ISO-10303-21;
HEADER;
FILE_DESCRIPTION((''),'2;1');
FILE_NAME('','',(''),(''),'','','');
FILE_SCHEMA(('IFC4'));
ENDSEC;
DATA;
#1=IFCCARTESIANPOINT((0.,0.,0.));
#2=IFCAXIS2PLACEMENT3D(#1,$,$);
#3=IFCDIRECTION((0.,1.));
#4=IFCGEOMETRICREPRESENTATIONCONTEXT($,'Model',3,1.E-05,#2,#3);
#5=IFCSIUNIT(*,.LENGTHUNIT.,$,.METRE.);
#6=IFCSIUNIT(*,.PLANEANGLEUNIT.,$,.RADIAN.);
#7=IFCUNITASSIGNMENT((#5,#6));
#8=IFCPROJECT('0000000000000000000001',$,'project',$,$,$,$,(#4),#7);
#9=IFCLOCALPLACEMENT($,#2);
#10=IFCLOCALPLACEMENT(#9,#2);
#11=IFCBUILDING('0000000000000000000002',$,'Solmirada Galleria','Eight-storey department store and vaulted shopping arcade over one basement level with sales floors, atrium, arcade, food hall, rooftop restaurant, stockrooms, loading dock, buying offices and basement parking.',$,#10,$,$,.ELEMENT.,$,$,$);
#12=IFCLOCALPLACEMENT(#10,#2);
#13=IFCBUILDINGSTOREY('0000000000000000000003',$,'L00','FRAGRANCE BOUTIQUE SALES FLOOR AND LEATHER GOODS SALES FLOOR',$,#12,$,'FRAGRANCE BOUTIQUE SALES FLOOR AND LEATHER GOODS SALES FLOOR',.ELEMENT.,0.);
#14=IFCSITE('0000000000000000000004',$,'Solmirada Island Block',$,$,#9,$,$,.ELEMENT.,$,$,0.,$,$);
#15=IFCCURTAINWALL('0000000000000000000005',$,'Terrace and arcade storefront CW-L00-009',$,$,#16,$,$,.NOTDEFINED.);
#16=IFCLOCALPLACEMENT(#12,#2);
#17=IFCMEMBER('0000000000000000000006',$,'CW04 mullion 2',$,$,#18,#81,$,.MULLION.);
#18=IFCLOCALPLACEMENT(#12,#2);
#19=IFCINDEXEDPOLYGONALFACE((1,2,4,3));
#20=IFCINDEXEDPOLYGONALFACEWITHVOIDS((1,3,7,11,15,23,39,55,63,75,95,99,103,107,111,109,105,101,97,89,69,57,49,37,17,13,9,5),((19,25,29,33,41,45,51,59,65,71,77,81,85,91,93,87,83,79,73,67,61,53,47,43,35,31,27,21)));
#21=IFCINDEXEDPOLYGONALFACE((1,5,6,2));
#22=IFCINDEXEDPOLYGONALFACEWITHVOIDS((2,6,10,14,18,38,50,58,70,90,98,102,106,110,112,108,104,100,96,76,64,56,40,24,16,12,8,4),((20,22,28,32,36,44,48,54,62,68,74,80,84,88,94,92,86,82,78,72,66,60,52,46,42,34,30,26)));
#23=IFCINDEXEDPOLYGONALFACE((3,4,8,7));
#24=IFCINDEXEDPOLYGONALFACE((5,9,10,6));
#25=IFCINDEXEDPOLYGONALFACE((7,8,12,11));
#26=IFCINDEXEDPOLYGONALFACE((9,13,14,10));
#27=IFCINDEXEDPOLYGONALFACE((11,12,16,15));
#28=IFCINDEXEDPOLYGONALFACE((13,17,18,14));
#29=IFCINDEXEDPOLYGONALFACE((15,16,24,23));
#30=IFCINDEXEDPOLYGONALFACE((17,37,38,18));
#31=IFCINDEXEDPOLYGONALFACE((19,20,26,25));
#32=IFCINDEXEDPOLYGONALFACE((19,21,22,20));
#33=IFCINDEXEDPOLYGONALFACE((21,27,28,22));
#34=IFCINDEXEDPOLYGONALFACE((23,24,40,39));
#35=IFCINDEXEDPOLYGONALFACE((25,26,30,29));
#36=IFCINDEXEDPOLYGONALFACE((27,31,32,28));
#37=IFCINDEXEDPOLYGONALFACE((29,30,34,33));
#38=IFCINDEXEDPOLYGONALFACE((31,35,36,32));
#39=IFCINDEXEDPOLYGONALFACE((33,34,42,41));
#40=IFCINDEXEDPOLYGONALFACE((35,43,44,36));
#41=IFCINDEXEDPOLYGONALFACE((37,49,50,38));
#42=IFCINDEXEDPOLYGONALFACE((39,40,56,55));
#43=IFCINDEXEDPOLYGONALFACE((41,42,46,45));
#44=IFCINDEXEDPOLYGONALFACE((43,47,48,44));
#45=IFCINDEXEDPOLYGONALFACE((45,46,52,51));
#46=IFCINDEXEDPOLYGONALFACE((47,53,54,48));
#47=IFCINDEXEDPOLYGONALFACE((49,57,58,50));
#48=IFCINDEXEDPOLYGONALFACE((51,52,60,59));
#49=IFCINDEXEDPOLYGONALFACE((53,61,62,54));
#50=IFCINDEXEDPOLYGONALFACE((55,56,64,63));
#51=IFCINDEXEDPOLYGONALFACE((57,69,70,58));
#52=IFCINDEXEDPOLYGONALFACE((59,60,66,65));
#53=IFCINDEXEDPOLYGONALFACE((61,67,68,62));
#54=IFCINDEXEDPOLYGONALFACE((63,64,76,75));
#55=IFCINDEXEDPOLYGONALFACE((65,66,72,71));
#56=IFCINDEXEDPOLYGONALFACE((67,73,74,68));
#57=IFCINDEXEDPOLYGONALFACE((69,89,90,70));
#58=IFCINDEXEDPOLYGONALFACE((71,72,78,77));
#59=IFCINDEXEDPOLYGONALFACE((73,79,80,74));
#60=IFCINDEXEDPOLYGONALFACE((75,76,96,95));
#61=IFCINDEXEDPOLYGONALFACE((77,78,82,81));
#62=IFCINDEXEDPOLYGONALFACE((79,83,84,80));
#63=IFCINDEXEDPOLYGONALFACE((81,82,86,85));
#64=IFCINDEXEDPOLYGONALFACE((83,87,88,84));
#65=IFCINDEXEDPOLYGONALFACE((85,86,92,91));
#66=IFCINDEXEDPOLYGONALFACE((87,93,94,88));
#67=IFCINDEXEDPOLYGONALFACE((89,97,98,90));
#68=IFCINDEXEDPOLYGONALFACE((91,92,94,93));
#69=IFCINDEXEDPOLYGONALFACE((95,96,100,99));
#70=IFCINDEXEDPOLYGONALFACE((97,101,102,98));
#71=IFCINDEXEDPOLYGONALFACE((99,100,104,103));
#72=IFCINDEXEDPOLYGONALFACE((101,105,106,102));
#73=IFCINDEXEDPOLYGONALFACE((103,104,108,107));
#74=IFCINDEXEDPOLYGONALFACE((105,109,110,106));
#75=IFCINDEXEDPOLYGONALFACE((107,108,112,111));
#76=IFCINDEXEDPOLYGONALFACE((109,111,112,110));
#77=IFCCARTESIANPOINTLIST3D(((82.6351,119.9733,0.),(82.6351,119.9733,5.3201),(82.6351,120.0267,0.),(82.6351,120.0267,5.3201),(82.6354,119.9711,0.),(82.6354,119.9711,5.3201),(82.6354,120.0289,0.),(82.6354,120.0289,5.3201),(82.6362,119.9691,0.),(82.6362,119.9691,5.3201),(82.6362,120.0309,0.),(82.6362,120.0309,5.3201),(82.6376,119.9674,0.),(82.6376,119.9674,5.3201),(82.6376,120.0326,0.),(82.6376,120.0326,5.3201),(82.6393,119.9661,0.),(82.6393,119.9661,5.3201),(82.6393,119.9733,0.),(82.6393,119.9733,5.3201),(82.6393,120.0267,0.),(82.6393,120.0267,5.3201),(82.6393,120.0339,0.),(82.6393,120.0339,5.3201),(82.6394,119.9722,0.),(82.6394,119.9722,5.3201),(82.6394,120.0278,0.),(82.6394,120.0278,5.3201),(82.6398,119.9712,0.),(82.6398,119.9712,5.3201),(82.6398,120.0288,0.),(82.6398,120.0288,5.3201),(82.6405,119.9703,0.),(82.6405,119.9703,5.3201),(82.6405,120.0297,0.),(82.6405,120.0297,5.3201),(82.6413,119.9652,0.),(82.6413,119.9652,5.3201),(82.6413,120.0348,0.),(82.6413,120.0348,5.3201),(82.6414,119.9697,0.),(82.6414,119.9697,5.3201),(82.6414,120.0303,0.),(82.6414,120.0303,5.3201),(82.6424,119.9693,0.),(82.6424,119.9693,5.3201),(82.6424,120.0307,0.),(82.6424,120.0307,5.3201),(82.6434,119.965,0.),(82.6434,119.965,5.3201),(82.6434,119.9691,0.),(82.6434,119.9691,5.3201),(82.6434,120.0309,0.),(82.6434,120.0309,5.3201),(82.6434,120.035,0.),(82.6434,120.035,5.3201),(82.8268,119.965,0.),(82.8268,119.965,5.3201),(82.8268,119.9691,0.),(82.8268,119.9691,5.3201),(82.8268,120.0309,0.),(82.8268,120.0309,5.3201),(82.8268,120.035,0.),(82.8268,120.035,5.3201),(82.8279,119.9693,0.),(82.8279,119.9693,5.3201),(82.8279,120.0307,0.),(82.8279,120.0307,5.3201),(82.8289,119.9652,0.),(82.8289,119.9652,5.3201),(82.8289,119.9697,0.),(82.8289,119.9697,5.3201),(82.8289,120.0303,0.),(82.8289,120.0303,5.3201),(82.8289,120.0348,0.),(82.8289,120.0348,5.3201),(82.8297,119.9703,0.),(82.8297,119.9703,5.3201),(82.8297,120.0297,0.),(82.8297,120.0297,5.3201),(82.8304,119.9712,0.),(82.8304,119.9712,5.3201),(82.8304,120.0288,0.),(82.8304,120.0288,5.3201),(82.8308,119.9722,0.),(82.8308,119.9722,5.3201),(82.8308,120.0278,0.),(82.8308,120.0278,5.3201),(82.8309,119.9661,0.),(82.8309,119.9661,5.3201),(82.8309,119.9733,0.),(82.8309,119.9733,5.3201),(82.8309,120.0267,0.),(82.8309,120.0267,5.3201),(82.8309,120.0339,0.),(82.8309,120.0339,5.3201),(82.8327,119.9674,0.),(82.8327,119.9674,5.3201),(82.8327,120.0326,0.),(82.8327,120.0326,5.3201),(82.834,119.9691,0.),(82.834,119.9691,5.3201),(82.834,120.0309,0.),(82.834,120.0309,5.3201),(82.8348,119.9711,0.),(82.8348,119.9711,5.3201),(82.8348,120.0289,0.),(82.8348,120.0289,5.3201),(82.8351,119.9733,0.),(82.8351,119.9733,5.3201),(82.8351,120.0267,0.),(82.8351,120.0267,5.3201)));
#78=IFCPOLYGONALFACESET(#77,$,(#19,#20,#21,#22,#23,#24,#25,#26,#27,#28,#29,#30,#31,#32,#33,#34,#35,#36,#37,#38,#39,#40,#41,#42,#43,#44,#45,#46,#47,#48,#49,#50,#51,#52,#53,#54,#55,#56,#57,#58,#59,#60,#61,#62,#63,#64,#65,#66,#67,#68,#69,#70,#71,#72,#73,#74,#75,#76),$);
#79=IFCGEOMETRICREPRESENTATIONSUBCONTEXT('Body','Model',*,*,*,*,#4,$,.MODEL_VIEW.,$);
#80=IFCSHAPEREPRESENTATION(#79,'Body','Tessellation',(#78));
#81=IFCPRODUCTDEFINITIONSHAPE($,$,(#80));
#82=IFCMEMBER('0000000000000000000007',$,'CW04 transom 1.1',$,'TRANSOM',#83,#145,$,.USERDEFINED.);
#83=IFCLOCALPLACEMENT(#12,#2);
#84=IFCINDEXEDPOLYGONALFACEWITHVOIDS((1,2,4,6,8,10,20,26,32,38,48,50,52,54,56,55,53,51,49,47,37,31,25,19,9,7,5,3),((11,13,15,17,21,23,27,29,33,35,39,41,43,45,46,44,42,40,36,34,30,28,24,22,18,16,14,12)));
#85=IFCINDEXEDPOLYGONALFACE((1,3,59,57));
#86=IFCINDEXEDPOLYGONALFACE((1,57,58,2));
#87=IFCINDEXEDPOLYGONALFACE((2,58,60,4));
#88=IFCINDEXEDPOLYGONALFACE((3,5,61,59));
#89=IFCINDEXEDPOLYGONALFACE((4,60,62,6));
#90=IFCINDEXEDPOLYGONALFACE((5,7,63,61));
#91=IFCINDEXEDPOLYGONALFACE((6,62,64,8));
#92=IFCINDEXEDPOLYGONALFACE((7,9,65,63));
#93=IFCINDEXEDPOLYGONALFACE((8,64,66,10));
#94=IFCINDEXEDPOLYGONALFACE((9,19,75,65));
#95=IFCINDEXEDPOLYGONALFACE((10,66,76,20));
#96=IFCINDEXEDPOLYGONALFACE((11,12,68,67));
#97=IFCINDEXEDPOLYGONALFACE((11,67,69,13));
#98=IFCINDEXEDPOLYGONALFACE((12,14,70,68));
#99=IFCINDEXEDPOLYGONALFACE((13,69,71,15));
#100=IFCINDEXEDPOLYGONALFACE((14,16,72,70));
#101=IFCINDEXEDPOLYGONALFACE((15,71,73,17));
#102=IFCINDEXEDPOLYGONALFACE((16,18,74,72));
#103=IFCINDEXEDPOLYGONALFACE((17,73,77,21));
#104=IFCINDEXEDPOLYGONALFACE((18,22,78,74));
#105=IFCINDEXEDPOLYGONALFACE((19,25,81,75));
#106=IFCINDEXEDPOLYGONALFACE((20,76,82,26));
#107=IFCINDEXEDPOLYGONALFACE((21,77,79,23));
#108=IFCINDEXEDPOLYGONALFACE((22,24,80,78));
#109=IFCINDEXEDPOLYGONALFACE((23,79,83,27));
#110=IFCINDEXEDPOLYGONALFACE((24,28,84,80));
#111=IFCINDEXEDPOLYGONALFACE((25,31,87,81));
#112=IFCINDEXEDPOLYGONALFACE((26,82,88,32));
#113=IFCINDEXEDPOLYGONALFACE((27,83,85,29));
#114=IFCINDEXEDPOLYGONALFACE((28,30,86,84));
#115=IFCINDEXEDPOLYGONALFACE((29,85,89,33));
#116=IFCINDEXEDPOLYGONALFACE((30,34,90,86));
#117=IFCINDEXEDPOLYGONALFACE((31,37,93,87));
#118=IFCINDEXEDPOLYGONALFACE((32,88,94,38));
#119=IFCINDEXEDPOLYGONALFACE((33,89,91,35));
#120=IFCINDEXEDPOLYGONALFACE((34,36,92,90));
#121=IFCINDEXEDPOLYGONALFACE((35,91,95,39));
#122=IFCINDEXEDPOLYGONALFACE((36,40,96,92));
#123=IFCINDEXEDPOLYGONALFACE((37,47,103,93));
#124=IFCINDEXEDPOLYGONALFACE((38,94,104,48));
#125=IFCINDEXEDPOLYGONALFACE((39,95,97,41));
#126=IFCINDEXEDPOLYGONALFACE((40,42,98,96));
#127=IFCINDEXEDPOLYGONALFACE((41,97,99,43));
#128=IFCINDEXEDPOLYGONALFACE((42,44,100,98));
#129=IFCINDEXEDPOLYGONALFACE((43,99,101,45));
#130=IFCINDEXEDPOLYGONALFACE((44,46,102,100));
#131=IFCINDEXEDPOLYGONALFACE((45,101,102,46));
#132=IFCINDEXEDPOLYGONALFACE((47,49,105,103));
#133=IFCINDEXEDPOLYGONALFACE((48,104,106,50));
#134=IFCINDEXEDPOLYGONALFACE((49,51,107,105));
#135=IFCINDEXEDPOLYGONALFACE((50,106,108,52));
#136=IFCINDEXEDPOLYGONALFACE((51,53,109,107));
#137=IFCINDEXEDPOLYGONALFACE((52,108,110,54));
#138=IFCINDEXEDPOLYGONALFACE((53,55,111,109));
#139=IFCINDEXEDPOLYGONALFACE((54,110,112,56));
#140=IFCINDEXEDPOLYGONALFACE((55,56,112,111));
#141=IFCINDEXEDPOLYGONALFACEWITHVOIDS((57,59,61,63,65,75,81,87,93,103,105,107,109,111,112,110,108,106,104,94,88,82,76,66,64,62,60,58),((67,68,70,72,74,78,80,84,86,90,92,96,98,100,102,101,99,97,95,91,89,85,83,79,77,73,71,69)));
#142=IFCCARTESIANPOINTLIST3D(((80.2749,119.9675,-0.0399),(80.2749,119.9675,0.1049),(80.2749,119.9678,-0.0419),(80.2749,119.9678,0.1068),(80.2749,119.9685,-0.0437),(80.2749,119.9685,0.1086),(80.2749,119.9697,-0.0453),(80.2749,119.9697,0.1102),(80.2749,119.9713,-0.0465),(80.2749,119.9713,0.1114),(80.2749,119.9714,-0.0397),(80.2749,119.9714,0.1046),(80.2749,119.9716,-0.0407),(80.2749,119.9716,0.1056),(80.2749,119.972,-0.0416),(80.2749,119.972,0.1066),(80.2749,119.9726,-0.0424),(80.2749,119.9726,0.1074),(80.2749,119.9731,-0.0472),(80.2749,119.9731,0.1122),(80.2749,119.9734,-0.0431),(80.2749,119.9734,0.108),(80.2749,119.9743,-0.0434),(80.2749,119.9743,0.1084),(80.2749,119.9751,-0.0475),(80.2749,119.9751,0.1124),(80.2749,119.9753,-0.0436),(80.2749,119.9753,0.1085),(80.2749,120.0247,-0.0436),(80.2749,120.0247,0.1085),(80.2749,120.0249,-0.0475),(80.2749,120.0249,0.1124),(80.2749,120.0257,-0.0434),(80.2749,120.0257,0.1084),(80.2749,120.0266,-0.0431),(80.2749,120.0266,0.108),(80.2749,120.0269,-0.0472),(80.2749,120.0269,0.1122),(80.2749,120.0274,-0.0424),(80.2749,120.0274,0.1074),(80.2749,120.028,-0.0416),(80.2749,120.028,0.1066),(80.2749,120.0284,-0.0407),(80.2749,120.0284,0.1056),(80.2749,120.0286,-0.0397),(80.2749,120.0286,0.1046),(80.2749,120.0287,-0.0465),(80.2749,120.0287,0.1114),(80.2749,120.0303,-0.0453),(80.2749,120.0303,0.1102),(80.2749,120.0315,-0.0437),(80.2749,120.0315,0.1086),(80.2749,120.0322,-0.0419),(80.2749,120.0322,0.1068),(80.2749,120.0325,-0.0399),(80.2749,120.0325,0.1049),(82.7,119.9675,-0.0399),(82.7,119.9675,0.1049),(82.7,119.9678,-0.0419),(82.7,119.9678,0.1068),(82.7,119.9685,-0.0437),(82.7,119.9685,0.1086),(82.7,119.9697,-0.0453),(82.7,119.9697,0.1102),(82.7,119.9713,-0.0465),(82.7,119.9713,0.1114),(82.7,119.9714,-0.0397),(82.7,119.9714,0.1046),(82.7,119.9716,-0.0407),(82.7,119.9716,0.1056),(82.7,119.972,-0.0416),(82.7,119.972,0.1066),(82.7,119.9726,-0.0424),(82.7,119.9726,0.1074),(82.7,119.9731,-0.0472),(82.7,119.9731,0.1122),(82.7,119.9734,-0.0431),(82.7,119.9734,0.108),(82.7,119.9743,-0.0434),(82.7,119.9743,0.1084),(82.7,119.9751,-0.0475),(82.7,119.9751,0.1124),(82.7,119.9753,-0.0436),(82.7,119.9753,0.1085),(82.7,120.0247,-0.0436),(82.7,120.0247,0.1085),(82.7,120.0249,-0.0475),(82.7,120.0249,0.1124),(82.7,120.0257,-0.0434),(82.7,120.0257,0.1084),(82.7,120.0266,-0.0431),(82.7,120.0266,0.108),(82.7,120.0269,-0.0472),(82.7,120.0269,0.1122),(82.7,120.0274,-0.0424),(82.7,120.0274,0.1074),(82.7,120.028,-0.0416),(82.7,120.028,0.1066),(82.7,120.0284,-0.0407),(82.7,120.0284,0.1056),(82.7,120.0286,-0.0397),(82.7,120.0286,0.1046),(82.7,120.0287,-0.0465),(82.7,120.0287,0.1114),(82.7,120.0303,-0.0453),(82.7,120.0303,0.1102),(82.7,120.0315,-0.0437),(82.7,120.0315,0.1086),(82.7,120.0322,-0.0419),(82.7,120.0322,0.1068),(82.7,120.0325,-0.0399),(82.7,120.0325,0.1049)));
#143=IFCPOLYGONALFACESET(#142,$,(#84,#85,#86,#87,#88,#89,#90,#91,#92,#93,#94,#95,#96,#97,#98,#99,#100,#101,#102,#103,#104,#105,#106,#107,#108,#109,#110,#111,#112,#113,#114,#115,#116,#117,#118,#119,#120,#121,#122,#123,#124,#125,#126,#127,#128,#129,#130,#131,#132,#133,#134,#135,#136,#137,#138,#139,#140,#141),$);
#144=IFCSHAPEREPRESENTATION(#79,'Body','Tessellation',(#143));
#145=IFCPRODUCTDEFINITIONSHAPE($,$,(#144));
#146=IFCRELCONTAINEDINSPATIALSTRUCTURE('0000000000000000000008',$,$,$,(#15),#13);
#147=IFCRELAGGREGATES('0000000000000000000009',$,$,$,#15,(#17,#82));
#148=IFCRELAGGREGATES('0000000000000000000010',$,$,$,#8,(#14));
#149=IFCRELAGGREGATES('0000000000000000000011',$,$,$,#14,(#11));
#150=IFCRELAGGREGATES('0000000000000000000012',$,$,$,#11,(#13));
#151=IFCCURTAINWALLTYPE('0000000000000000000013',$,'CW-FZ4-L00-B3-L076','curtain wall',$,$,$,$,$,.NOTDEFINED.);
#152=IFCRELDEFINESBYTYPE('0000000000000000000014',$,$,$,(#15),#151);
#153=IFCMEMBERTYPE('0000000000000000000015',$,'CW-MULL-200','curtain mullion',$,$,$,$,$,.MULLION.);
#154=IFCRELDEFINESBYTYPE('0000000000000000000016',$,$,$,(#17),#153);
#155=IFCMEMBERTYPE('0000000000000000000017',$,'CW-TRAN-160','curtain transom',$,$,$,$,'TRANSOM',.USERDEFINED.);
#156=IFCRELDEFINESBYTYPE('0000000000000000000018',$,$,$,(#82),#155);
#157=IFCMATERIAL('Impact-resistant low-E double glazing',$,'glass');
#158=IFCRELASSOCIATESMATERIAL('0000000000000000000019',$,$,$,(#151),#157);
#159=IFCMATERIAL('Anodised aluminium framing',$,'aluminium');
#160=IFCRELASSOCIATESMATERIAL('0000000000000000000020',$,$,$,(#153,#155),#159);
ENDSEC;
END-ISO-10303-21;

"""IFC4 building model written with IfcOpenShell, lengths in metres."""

from ifc_helpers import new_model, si_unit, direction, frame, origin, origin_2d, place, context, subcontext, project, spatial, hollow_rectangle, extrude, material, material_profile, profile_set, type_object, element, aggregate, save


model = new_model("IFC4")

# Units and contexts
model_context = context("Model", 3, precision=1e-05, world=origin(), true_north=direction((0.0, 1.0)))
body_context = subcontext(model_context, "Body", "Model", "MODEL_VIEW")
ifc_project = project(units=[si_unit("LENGTHUNIT", "METRE"), si_unit("PLANEANGLEUNIT", "RADIAN")], contexts=[model_context])

# Site, building, storey
site_placement = place(None, origin())
site = spatial("IfcSite", under=ifc_project, at=site_placement, Name="Solmirada Island Block", CompositionType="ELEMENT", RefElevation=0.0)
building_placement = place(site_placement, origin())
building = spatial("IfcBuilding", under=site, at=building_placement, Name="Solmirada Galleria", Description="Eight-storey department store and vaulted shopping arcade over one basement level with sales floors, atrium, arcade, food hall, rooftop restaurant, stockrooms, loading dock, buying offices and basement parking.", CompositionType="ELEMENT")
storey_placement = place(building_placement, origin())
storey = spatial("IfcBuildingStorey", under=building, at=storey_placement, Name="L00", Description="FRAGRANCE BOUTIQUE SALES FLOOR AND LEATHER GOODS SALES FLOOR", LongName="FRAGRANCE BOUTIQUE SALES FLOOR AND LEATHER GOODS SALES FLOOR", CompositionType="ELEMENT", Elevation=0.0)

# Curtain wall, members
ifc_material_1 = material(Name="Impact-resistant low-E double glazing", Category="glass")
curtain_wall_type = type_object("IfcCurtainWallType", Name="CW-FZ4-L00-B3-L076", Description="curtain wall", PredefinedType="NOTDEFINED", material=ifc_material_1)
curtain_wall_placement = place(storey_placement, origin())
curtain_wall = element("IfcCurtainWall", 1, at=curtain_wall_placement, inside=storey, type_object=curtain_wall_type, Name="Terrace and arcade storefront CW-L00-009", PredefinedType="NOTDEFINED")
ifc_material_2 = material(Name="Anodised aluminium framing", Category="aluminium")
ifc_material_profile_1 = material_profile(ifc_material_2, hollow_rectangle(XDim=0.0701, YDim=0.2, WallThickness=0.0042, InnerFilletRadius=0.0042, OuterFilletRadius=0.0083, at=origin_2d()), Name="ALU-MULL-200X70")
ifc_profile_set_1 = profile_set([ifc_material_profile_1], Name="Anodised aluminium framing")
member_type_1 = type_object("IfcMemberType", Name="CW-MULL-200", Description="curtain mullion", PredefinedType="MULLION", material=ifc_profile_set_1)
member_1_placement = place(storey_placement, frame((82.7351, 120.0, 0.0), z_axis=(0.0, 0.0, 1.0), x_axis=(0.0, 1.0, 0.0)))
member_1 = element("IfcMember", 2, at=member_1_placement, type_object=member_type_1, Name="CW04 mullion 2", PredefinedType="MULLION", context=body_context, shape_type="SweptSolid", body=[
    extrude(hollow_rectangle(XDim=0.0701, YDim=0.2, WallThickness=0.0042, InnerFilletRadius=0.0042, OuterFilletRadius=0.0083, at=origin_2d()), origin(), (0.0, 0.0, 1.0), 5.3201),
])
ifc_material_profile_2 = material_profile(ifc_material_2, hollow_rectangle(XDim=0.0649, YDim=0.1599, WallThickness=0.0039, InnerFilletRadius=0.0039, OuterFilletRadius=0.0076, at=origin_2d()), Name="ALU-TRAN-160X65")
ifc_profile_set_2 = profile_set([ifc_material_profile_2], Name="Anodised aluminium framing")
member_type_2 = type_object("IfcMemberType", Name="CW-TRAN-160", Description="curtain transom", ElementType="TRANSOM", PredefinedType="USERDEFINED", material=ifc_profile_set_2)
member_2_placement = place(storey_placement, frame((80.2749, 120.0, 0.0325), z_axis=(1.0, 0.0, 0.0), x_axis=(0.0, 1.0, 0.0)))
member_2 = element("IfcMember", 3, at=member_2_placement, type_object=member_type_2, Name="CW04 transom 1.1", ObjectType="TRANSOM", PredefinedType="USERDEFINED", context=body_context, shape_type="SweptSolid", body=[
    extrude(hollow_rectangle(XDim=0.0649, YDim=0.1599, WallThickness=0.0039, InnerFilletRadius=0.0039, OuterFilletRadius=0.0076, at=origin_2d()), origin(), (0.0, 0.0, 1.0), 2.425),
])
aggregate(curtain_wall, [member_1, member_2])

save(model, "model.ifc")
